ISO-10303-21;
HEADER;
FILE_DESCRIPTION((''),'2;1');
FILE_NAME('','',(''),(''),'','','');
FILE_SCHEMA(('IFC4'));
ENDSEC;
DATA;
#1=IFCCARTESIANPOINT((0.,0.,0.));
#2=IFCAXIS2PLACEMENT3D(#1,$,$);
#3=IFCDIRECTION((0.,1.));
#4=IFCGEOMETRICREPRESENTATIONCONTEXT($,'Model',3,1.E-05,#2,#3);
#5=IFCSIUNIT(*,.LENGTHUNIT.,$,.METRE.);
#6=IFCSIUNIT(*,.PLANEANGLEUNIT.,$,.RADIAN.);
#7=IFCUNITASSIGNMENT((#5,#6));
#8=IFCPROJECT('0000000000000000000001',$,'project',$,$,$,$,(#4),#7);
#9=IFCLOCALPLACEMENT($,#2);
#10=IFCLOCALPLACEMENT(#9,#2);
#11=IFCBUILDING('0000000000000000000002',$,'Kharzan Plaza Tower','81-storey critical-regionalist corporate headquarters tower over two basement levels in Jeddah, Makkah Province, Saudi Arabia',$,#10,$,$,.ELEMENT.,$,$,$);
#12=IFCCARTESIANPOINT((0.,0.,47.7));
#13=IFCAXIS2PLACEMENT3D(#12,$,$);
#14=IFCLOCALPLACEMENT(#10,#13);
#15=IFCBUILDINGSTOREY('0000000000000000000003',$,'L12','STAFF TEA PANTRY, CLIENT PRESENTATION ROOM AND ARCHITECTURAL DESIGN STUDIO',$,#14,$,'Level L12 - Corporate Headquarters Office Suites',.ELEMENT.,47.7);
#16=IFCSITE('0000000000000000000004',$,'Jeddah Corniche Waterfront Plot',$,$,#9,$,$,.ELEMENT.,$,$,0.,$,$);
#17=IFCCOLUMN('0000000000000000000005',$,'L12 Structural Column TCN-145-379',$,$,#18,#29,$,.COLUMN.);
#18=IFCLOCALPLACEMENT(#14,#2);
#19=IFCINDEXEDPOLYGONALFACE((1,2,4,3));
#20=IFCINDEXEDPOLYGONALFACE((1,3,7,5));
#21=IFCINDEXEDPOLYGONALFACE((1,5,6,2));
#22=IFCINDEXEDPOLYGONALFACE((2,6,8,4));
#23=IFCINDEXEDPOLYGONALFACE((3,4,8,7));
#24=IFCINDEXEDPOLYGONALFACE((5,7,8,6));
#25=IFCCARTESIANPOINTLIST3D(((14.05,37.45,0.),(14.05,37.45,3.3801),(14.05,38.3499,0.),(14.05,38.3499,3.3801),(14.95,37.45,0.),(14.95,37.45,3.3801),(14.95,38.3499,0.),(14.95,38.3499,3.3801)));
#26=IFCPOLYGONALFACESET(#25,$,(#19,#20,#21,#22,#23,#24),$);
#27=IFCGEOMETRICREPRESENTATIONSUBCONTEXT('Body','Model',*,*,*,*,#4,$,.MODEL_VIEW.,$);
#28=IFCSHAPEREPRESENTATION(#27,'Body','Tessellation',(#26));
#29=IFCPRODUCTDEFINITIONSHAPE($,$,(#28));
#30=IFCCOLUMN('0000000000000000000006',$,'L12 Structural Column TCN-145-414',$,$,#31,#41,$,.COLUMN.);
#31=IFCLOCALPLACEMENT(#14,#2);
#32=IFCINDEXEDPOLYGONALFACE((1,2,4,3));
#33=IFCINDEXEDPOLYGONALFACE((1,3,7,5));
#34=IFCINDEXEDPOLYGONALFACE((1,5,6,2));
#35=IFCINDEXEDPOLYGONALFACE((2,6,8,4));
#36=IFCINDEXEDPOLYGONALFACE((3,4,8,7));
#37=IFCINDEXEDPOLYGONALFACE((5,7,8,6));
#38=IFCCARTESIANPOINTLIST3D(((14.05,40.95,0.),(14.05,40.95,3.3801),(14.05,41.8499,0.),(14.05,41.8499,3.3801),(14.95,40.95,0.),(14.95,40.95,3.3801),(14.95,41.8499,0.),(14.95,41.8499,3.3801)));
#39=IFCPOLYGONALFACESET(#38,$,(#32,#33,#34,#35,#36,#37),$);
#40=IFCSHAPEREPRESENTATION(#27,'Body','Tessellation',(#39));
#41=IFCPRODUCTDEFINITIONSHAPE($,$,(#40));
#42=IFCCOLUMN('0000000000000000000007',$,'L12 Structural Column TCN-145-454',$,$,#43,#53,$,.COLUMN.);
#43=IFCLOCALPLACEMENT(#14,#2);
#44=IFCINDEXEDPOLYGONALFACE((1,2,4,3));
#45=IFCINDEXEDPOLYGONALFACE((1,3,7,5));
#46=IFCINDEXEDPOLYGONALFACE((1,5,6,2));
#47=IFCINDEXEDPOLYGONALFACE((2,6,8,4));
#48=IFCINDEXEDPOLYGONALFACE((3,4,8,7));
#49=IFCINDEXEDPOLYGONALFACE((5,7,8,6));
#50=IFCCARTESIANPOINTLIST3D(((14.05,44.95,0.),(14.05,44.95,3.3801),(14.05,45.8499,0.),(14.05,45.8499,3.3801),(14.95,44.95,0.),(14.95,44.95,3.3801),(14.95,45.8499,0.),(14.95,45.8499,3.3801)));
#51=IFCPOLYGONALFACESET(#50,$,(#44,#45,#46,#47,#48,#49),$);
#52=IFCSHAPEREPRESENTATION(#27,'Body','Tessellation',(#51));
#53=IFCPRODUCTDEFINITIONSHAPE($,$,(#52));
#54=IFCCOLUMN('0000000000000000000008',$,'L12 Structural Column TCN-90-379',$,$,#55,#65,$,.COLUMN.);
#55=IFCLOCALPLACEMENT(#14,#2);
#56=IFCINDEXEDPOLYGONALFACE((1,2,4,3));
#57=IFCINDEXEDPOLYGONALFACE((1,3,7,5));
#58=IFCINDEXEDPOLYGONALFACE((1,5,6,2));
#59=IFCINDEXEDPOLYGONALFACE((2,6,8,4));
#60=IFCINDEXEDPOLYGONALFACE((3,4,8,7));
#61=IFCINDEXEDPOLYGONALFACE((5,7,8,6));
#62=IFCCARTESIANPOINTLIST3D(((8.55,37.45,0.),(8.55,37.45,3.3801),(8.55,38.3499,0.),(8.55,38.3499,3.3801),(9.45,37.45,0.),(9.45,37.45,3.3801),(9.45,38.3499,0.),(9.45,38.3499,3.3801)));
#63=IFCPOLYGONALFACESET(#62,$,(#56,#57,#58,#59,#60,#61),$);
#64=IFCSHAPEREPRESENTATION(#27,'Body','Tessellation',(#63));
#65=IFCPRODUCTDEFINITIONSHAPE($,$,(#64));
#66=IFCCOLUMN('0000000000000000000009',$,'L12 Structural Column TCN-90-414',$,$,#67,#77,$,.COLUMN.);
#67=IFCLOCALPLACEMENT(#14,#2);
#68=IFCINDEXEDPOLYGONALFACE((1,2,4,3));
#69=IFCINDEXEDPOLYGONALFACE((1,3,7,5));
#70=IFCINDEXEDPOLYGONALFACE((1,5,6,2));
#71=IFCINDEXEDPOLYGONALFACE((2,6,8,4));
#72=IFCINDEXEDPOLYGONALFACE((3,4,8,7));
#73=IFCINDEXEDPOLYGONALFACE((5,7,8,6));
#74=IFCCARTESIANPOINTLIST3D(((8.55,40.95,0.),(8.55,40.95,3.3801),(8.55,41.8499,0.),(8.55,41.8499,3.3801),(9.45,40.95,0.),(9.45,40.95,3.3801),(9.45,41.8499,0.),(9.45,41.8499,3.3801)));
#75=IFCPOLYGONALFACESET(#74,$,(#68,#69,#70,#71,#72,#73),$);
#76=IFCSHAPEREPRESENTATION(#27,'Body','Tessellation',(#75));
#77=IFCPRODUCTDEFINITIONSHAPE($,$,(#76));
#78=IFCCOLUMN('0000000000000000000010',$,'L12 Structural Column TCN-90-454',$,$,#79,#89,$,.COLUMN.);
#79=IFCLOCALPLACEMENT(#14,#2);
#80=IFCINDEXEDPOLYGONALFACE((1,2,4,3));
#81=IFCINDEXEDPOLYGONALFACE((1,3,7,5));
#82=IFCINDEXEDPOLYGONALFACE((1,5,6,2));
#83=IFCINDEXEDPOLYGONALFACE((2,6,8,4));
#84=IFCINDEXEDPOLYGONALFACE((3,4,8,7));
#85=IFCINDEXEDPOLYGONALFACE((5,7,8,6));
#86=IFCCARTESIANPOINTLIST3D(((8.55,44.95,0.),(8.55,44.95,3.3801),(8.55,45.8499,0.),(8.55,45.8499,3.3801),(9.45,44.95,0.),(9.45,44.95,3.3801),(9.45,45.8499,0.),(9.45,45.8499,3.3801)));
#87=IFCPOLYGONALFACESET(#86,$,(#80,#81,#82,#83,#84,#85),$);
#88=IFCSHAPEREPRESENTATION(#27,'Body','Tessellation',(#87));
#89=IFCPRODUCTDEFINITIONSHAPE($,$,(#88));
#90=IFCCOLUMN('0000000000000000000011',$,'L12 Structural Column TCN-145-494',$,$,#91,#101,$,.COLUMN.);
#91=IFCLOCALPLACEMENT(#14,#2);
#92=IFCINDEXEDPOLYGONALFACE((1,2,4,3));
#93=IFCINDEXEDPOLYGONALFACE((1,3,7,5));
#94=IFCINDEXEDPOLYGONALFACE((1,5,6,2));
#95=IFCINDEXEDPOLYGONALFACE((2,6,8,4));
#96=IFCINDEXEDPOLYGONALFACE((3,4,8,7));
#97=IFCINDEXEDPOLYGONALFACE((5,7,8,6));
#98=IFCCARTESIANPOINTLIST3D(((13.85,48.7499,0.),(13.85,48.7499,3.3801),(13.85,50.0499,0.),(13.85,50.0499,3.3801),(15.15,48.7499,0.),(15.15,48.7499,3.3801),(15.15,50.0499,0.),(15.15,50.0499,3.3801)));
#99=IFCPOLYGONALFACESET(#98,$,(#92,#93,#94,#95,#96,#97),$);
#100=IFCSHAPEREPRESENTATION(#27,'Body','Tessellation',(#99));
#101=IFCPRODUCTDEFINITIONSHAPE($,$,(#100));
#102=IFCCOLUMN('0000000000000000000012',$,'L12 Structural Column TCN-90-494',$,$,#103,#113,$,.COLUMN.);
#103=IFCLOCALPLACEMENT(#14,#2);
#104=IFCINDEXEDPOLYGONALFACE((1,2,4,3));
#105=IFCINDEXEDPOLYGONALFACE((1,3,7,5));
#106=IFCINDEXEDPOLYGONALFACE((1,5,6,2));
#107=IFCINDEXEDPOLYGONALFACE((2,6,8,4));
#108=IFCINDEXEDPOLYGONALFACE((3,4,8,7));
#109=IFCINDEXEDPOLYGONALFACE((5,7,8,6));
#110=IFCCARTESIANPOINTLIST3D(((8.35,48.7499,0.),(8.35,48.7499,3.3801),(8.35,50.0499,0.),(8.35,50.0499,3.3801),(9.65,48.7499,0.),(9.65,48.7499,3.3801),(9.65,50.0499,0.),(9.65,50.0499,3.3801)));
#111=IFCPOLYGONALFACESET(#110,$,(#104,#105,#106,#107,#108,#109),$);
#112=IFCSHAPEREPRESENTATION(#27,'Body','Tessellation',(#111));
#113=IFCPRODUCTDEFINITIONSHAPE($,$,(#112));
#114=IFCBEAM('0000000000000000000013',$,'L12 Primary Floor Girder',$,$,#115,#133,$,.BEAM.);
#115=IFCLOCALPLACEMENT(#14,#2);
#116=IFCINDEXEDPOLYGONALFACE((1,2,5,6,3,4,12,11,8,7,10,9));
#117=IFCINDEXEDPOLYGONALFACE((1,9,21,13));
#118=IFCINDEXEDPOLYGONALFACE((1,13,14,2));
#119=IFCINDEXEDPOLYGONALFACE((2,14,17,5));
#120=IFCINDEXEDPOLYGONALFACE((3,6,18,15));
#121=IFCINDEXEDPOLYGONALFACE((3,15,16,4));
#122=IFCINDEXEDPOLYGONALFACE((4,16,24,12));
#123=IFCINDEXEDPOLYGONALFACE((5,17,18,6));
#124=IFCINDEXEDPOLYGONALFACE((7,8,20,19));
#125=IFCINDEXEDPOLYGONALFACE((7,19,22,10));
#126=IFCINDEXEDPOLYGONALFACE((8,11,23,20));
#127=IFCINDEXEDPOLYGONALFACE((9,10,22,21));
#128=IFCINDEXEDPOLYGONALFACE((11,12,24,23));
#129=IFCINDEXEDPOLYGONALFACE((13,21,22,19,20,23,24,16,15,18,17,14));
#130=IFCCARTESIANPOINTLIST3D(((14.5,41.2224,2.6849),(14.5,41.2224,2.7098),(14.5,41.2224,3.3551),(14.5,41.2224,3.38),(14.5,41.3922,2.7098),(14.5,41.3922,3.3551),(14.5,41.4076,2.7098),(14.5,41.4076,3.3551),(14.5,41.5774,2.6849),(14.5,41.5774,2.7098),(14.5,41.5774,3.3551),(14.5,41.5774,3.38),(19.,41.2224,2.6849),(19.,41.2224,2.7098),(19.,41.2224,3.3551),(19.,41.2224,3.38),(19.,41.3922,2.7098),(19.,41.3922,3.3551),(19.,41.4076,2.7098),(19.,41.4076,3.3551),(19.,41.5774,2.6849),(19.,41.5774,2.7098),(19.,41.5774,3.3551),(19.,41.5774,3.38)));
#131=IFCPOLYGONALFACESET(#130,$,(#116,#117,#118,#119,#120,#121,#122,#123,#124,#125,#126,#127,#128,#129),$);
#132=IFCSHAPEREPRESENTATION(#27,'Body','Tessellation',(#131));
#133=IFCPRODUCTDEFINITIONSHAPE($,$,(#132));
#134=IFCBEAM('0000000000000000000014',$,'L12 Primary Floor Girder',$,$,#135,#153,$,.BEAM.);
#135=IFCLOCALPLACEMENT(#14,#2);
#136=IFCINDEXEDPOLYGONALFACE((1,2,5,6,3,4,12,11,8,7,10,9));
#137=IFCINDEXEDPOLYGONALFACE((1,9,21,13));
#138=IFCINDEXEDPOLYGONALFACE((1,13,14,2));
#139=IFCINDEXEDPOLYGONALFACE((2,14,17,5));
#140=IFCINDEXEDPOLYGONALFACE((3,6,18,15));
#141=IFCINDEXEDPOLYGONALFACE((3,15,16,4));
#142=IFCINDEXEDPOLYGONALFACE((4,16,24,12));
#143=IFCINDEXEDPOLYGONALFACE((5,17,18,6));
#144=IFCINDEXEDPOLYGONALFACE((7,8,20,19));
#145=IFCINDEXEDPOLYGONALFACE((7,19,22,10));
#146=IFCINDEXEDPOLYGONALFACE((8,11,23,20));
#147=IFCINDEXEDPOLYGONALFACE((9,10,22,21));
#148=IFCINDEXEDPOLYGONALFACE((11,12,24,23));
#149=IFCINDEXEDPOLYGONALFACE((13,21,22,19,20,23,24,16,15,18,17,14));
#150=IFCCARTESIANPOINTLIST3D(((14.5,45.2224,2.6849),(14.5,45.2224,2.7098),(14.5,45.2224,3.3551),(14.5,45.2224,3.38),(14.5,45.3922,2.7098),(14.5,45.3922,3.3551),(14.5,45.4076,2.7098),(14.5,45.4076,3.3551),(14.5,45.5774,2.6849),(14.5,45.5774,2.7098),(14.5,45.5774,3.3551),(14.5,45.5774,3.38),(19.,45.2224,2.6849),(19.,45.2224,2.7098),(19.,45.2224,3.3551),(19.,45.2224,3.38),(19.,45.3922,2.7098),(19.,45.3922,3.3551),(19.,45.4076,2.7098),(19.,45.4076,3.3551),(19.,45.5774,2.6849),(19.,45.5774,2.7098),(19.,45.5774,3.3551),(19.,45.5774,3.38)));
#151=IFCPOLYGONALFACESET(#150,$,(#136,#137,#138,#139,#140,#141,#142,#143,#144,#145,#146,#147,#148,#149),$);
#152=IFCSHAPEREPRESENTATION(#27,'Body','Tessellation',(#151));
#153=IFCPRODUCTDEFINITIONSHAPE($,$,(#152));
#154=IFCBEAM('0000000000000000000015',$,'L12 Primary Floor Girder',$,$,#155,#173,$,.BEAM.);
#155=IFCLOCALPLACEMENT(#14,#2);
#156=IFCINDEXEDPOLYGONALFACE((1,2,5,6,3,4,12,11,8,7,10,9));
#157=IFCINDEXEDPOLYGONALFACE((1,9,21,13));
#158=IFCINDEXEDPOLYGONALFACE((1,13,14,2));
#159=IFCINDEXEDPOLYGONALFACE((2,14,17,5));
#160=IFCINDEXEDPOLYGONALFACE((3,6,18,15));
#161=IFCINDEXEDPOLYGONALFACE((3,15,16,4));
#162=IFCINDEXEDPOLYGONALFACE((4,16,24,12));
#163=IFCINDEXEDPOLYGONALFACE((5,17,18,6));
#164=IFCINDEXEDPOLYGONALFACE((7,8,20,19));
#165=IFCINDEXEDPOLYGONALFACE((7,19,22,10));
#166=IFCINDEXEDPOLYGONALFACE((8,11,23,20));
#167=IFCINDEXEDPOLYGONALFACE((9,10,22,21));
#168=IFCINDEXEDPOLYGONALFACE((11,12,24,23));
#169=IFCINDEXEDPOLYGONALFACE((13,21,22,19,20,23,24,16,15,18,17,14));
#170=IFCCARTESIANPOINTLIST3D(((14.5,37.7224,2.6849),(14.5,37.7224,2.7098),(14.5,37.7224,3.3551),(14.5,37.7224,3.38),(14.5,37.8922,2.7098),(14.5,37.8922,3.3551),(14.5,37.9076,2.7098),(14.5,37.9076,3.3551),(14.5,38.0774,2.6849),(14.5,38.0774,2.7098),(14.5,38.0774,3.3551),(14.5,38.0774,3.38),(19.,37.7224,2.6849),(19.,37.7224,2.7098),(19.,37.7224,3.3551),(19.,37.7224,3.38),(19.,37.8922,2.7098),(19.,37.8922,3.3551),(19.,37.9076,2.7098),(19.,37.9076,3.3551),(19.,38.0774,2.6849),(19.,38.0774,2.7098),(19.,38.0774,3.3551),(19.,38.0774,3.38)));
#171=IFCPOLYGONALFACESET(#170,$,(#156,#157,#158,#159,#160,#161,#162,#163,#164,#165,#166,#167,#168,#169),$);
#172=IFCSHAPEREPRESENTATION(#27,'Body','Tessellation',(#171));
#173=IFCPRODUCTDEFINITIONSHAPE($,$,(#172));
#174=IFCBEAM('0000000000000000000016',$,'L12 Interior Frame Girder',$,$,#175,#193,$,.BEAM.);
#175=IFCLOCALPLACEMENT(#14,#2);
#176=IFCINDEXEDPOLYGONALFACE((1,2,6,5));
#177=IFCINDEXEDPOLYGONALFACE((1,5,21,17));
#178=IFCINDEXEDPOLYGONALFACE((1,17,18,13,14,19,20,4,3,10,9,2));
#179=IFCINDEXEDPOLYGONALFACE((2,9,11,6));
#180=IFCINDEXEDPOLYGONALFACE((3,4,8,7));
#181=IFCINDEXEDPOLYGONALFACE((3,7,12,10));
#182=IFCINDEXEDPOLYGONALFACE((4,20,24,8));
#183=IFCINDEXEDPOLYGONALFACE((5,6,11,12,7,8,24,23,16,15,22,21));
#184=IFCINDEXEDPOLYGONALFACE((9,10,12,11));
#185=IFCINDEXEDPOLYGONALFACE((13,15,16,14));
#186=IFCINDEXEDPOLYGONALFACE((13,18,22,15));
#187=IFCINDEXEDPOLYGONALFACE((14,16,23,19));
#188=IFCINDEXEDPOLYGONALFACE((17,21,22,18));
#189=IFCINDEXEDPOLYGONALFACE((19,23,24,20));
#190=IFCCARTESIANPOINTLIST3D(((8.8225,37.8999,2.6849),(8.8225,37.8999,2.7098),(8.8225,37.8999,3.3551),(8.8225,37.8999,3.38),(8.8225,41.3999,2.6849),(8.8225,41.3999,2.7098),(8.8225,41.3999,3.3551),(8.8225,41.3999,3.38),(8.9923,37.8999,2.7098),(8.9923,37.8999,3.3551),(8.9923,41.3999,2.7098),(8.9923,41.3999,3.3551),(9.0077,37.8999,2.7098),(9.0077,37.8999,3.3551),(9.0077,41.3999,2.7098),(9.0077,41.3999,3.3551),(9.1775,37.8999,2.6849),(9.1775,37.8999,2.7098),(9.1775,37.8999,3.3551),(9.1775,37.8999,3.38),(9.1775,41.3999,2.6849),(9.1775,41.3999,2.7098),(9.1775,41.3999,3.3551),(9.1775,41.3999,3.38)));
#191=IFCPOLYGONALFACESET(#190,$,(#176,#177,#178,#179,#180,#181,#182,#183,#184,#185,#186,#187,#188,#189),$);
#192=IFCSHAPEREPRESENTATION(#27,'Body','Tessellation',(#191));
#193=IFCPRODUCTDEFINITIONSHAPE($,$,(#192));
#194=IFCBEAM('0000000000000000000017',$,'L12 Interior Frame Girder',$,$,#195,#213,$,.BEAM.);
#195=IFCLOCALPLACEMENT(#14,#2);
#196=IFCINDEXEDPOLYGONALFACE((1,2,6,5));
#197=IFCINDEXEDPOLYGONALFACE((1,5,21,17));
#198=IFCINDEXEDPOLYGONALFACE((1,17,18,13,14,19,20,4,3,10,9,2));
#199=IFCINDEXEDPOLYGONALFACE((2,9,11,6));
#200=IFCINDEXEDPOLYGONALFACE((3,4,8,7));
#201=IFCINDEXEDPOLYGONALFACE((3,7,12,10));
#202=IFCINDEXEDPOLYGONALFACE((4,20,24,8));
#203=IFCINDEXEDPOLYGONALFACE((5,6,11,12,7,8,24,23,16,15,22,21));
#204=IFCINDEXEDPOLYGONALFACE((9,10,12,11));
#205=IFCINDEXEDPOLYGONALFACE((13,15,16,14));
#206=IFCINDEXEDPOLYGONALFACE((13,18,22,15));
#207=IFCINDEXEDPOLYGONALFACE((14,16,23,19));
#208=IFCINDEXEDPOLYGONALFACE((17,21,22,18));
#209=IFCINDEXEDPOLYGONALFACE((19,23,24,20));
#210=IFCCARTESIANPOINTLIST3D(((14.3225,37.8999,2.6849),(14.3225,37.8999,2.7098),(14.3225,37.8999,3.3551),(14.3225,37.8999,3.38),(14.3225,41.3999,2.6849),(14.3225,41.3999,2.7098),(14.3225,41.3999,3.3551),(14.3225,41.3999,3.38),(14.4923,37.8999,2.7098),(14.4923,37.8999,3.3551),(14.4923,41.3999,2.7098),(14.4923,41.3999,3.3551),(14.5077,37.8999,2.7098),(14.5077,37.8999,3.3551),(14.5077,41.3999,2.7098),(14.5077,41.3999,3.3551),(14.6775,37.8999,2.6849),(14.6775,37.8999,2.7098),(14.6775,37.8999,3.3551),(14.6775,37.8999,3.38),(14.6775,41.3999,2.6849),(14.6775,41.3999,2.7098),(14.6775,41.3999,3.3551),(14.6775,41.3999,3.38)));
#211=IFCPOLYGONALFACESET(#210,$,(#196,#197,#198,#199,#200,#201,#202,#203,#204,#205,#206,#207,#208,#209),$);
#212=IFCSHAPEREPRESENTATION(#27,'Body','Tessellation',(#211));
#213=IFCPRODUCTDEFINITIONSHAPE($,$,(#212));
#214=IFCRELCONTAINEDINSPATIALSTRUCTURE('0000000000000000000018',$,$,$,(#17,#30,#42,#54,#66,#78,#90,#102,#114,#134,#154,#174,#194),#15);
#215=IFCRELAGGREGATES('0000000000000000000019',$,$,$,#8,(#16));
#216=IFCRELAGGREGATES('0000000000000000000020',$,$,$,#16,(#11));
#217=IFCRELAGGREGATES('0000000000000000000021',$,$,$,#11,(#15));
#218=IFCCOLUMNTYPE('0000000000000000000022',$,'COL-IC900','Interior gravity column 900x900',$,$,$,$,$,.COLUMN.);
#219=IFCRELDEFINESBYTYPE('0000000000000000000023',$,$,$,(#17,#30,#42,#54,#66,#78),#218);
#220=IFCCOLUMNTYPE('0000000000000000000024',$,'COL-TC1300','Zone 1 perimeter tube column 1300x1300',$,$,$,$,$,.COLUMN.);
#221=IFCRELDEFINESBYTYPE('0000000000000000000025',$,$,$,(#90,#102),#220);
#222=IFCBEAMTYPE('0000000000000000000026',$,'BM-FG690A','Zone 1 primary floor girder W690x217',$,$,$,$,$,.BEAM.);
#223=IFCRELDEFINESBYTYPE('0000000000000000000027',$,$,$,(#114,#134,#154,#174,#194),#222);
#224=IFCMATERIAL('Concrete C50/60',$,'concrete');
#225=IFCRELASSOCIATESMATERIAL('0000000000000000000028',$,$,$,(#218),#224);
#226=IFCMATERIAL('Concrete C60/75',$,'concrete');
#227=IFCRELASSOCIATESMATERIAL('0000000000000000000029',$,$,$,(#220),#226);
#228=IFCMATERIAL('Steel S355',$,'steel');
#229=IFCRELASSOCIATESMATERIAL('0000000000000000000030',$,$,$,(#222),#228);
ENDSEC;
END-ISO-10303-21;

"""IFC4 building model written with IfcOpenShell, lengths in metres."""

from ifc_helpers import new_model, si_unit, direction, frame, origin, origin_2d, place, context, subcontext, project, spatial, rectangle, i_section, extrude, source, transform, mapped, material, material_profile, profile_set, type_object, element, save


model = new_model("IFC4")

# Units and contexts
model_context = context("Model", 3, precision=1e-05, world=origin(), true_north=direction((0.0, 1.0)))
body_context = subcontext(model_context, "Body", "Model", "MODEL_VIEW")
ifc_project = project(units=[si_unit("LENGTHUNIT", "METRE"), si_unit("PLANEANGLEUNIT", "RADIAN")], contexts=[model_context])

# Site, building, storey
site_placement = place(None, origin())
site = spatial("IfcSite", under=ifc_project, at=site_placement, Name="Jeddah Corniche Waterfront Plot", CompositionType="ELEMENT", RefElevation=0.0)
building_placement = place(site_placement, origin())
building = spatial("IfcBuilding", under=site, at=building_placement, Name="Kharzan Plaza Tower", Description="81-storey critical-regionalist corporate headquarters tower over two basement levels in Jeddah, Makkah Province, Saudi Arabia", CompositionType="ELEMENT")
storey_placement = place(building_placement, frame((0.0, 0.0, 47.7)))
storey = spatial("IfcBuildingStorey", under=building, at=storey_placement, Name="L12", Description="STAFF TEA PANTRY, CLIENT PRESENTATION ROOM AND ARCHITECTURAL DESIGN STUDIO", LongName="Level L12 - Corporate Headquarters Office Suites", CompositionType="ELEMENT", Elevation=47.7)

# Columns
ifc_material_1 = material(Name="Concrete C50/60", Category="concrete")
ifc_material_profile_1 = material_profile(ifc_material_1, rectangle(XDim=0.8999, YDim=0.8999, at=origin_2d()), Name="RC-IC900x900")
ifc_profile_set_1 = profile_set([ifc_material_profile_1], Name="Concrete C50/60")
column_type_1 = type_object("IfcColumnType", Name="COL-IC900", Description="Interior gravity column 900x900", PredefinedType="COLUMN", material=ifc_profile_set_1)
shared_shape_1 = source(origin(), body_context, "Body", "SweptSolid", [
    extrude(rectangle(XDim=0.8999, YDim=0.8999, at=origin_2d()), origin(), (0.0, 0.0, 1.0), 3.3801),
])
for number, where, z_axis, x_axis, name in (
    (1, (14.5, 37.8999, 0.0), (0.0, 0.0, 1.0), (1.0, 0.0, 0.0), "L12 Structural Column TCN-145-379"),
    (2, (14.5, 41.3999, 0.0), (0.0, 0.0, 1.0), (1.0, 0.0, 0.0), "L12 Structural Column TCN-145-414"),
    (3, (14.5, 45.3999, 0.0), (0.0, 0.0, 1.0), (1.0, 0.0, 0.0), "L12 Structural Column TCN-145-454"),
    (4, (9.0, 37.8999, 0.0), (0.0, 0.0, 1.0), (1.0, 0.0, 0.0), "L12 Structural Column TCN-90-379"),
    (5, (9.0, 41.3999, 0.0), (0.0, 0.0, 1.0), (1.0, 0.0, 0.0), "L12 Structural Column TCN-90-414"),
    (6, (9.0, 45.3999, 0.0), (0.0, 0.0, 1.0), (1.0, 0.0, 0.0), "L12 Structural Column TCN-90-454"),
):
    element("IfcColumn", number, at=place(storey_placement, frame(where, z_axis=z_axis, x_axis=x_axis)), inside=storey, type_object=column_type_1, Name=name, PredefinedType="COLUMN", context=body_context, shape_type="MappedRepresentation", body=[
        mapped(shared_shape_1, transform((0.0, 0.0, 0.0), x_axis=(1.0, 0.0, 0.0), y_axis=(0.0, 1.0, 0.0), z_axis=(0.0, 0.0, 1.0))),
    ])
ifc_material_2 = material(Name="Concrete C60/75", Category="concrete")
ifc_material_profile_2 = material_profile(ifc_material_2, rectangle(XDim=1.3, YDim=1.3, at=origin_2d()), Name="RC-TC1300x1300")
ifc_profile_set_2 = profile_set([ifc_material_profile_2], Name="Concrete C60/75")
column_type_2 = type_object("IfcColumnType", Name="COL-TC1300", Description="Zone 1 perimeter tube column 1300x1300", PredefinedType="COLUMN", material=ifc_profile_set_2)
shared_shape_2 = source(origin(), body_context, "Body", "SweptSolid", [
    extrude(rectangle(XDim=1.3, YDim=1.3, at=origin_2d()), origin(), (0.0, 0.0, 1.0), 3.3801),
])
for number, where, z_axis, x_axis, name in (
    (7, (14.5, 49.3999, 0.0), (0.0, 0.0, 1.0), (1.0, 0.0, 0.0), "L12 Structural Column TCN-145-494"),
    (8, (9.0, 49.3999, 0.0), (0.0, 0.0, 1.0), (1.0, 0.0, 0.0), "L12 Structural Column TCN-90-494"),
):
    element("IfcColumn", number, at=place(storey_placement, frame(where, z_axis=z_axis, x_axis=x_axis)), inside=storey, type_object=column_type_2, Name=name, PredefinedType="COLUMN", context=body_context, shape_type="MappedRepresentation", body=[
        mapped(shared_shape_2, transform((0.0, 0.0, 0.0), x_axis=(1.0, 0.0, 0.0), y_axis=(0.0, 1.0, 0.0), z_axis=(0.0, 0.0, 1.0))),
    ])

# Beams
ifc_material_3 = material(Name="Steel S355", Category="steel")
ifc_material_profile_3 = material_profile(ifc_material_3, i_section(OverallWidth=0.355, OverallDepth=0.6951, WebThickness=0.0154, FlangeThickness=0.0249, at=origin_2d()), Name="W690x217")
ifc_profile_set_3 = profile_set([ifc_material_profile_3], Name="Steel S355")
beam_type_1 = type_object("IfcBeamType", Name="BM-FG690A", Description="Zone 1 primary floor girder W690x217", PredefinedType="BEAM", material=ifc_profile_set_3)
shared_shape_3 = source(origin(), body_context, "Body", "SweptSolid", [
    extrude(i_section(OverallWidth=0.355, OverallDepth=0.6951, WebThickness=0.0154, FlangeThickness=0.0249, at=origin_2d()), origin(), (0.0, 0.0, 1.0), 4.5),
])
for number, where, z_axis, x_axis, name in (
    (9, (14.5, 41.3999, 3.0325), (1.0, 0.0, 0.0), (0.0, 1.0, 0.0), "L12 Primary Floor Girder"),
    (10, (14.5, 45.3999, 3.0325), (1.0, 0.0, 0.0), (0.0, 1.0, 0.0), "L12 Primary Floor Girder"),
    (11, (14.5, 37.8999, 3.0325), (1.0, 0.0, 0.0), (0.0, 1.0, 0.0), "L12 Primary Floor Girder"),
):
    element("IfcBeam", number, at=place(storey_placement, frame(where, z_axis=z_axis, x_axis=x_axis)), inside=storey, type_object=beam_type_1, Name=name, PredefinedType="BEAM", context=body_context, shape_type="MappedRepresentation", body=[
        mapped(shared_shape_3, transform((0.0, 0.0, 0.0), x_axis=(1.0, 0.0, 0.0), y_axis=(0.0, 1.0, 0.0), z_axis=(0.0, 0.0, 1.0))),
    ])
shared_shape_4 = source(origin(), body_context, "Body", "SweptSolid", [
    extrude(i_section(OverallWidth=0.355, OverallDepth=0.6951, WebThickness=0.0154, FlangeThickness=0.0249, at=origin_2d()), origin(), (0.0, 0.0, 1.0), 3.5),
])
for number, where, z_axis, x_axis, name in (
    (12, (9.0, 37.8999, 3.0325), (0.0, 1.0, 0.0), (-1.0, 0.0, 0.0), "L12 Interior Frame Girder"),
    (13, (14.5, 37.8999, 3.0325), (0.0, 1.0, 0.0), (-1.0, 0.0, 0.0), "L12 Interior Frame Girder"),
):
    element("IfcBeam", number, at=place(storey_placement, frame(where, z_axis=z_axis, x_axis=x_axis)), inside=storey, type_object=beam_type_1, Name=name, PredefinedType="BEAM", context=body_context, shape_type="MappedRepresentation", body=[
        mapped(shared_shape_4, transform((0.0, 0.0, 0.0), x_axis=(1.0, 0.0, 0.0), y_axis=(0.0, 1.0, 0.0), z_axis=(0.0, 0.0, 1.0))),
    ])

save(model, "model.ifc")
